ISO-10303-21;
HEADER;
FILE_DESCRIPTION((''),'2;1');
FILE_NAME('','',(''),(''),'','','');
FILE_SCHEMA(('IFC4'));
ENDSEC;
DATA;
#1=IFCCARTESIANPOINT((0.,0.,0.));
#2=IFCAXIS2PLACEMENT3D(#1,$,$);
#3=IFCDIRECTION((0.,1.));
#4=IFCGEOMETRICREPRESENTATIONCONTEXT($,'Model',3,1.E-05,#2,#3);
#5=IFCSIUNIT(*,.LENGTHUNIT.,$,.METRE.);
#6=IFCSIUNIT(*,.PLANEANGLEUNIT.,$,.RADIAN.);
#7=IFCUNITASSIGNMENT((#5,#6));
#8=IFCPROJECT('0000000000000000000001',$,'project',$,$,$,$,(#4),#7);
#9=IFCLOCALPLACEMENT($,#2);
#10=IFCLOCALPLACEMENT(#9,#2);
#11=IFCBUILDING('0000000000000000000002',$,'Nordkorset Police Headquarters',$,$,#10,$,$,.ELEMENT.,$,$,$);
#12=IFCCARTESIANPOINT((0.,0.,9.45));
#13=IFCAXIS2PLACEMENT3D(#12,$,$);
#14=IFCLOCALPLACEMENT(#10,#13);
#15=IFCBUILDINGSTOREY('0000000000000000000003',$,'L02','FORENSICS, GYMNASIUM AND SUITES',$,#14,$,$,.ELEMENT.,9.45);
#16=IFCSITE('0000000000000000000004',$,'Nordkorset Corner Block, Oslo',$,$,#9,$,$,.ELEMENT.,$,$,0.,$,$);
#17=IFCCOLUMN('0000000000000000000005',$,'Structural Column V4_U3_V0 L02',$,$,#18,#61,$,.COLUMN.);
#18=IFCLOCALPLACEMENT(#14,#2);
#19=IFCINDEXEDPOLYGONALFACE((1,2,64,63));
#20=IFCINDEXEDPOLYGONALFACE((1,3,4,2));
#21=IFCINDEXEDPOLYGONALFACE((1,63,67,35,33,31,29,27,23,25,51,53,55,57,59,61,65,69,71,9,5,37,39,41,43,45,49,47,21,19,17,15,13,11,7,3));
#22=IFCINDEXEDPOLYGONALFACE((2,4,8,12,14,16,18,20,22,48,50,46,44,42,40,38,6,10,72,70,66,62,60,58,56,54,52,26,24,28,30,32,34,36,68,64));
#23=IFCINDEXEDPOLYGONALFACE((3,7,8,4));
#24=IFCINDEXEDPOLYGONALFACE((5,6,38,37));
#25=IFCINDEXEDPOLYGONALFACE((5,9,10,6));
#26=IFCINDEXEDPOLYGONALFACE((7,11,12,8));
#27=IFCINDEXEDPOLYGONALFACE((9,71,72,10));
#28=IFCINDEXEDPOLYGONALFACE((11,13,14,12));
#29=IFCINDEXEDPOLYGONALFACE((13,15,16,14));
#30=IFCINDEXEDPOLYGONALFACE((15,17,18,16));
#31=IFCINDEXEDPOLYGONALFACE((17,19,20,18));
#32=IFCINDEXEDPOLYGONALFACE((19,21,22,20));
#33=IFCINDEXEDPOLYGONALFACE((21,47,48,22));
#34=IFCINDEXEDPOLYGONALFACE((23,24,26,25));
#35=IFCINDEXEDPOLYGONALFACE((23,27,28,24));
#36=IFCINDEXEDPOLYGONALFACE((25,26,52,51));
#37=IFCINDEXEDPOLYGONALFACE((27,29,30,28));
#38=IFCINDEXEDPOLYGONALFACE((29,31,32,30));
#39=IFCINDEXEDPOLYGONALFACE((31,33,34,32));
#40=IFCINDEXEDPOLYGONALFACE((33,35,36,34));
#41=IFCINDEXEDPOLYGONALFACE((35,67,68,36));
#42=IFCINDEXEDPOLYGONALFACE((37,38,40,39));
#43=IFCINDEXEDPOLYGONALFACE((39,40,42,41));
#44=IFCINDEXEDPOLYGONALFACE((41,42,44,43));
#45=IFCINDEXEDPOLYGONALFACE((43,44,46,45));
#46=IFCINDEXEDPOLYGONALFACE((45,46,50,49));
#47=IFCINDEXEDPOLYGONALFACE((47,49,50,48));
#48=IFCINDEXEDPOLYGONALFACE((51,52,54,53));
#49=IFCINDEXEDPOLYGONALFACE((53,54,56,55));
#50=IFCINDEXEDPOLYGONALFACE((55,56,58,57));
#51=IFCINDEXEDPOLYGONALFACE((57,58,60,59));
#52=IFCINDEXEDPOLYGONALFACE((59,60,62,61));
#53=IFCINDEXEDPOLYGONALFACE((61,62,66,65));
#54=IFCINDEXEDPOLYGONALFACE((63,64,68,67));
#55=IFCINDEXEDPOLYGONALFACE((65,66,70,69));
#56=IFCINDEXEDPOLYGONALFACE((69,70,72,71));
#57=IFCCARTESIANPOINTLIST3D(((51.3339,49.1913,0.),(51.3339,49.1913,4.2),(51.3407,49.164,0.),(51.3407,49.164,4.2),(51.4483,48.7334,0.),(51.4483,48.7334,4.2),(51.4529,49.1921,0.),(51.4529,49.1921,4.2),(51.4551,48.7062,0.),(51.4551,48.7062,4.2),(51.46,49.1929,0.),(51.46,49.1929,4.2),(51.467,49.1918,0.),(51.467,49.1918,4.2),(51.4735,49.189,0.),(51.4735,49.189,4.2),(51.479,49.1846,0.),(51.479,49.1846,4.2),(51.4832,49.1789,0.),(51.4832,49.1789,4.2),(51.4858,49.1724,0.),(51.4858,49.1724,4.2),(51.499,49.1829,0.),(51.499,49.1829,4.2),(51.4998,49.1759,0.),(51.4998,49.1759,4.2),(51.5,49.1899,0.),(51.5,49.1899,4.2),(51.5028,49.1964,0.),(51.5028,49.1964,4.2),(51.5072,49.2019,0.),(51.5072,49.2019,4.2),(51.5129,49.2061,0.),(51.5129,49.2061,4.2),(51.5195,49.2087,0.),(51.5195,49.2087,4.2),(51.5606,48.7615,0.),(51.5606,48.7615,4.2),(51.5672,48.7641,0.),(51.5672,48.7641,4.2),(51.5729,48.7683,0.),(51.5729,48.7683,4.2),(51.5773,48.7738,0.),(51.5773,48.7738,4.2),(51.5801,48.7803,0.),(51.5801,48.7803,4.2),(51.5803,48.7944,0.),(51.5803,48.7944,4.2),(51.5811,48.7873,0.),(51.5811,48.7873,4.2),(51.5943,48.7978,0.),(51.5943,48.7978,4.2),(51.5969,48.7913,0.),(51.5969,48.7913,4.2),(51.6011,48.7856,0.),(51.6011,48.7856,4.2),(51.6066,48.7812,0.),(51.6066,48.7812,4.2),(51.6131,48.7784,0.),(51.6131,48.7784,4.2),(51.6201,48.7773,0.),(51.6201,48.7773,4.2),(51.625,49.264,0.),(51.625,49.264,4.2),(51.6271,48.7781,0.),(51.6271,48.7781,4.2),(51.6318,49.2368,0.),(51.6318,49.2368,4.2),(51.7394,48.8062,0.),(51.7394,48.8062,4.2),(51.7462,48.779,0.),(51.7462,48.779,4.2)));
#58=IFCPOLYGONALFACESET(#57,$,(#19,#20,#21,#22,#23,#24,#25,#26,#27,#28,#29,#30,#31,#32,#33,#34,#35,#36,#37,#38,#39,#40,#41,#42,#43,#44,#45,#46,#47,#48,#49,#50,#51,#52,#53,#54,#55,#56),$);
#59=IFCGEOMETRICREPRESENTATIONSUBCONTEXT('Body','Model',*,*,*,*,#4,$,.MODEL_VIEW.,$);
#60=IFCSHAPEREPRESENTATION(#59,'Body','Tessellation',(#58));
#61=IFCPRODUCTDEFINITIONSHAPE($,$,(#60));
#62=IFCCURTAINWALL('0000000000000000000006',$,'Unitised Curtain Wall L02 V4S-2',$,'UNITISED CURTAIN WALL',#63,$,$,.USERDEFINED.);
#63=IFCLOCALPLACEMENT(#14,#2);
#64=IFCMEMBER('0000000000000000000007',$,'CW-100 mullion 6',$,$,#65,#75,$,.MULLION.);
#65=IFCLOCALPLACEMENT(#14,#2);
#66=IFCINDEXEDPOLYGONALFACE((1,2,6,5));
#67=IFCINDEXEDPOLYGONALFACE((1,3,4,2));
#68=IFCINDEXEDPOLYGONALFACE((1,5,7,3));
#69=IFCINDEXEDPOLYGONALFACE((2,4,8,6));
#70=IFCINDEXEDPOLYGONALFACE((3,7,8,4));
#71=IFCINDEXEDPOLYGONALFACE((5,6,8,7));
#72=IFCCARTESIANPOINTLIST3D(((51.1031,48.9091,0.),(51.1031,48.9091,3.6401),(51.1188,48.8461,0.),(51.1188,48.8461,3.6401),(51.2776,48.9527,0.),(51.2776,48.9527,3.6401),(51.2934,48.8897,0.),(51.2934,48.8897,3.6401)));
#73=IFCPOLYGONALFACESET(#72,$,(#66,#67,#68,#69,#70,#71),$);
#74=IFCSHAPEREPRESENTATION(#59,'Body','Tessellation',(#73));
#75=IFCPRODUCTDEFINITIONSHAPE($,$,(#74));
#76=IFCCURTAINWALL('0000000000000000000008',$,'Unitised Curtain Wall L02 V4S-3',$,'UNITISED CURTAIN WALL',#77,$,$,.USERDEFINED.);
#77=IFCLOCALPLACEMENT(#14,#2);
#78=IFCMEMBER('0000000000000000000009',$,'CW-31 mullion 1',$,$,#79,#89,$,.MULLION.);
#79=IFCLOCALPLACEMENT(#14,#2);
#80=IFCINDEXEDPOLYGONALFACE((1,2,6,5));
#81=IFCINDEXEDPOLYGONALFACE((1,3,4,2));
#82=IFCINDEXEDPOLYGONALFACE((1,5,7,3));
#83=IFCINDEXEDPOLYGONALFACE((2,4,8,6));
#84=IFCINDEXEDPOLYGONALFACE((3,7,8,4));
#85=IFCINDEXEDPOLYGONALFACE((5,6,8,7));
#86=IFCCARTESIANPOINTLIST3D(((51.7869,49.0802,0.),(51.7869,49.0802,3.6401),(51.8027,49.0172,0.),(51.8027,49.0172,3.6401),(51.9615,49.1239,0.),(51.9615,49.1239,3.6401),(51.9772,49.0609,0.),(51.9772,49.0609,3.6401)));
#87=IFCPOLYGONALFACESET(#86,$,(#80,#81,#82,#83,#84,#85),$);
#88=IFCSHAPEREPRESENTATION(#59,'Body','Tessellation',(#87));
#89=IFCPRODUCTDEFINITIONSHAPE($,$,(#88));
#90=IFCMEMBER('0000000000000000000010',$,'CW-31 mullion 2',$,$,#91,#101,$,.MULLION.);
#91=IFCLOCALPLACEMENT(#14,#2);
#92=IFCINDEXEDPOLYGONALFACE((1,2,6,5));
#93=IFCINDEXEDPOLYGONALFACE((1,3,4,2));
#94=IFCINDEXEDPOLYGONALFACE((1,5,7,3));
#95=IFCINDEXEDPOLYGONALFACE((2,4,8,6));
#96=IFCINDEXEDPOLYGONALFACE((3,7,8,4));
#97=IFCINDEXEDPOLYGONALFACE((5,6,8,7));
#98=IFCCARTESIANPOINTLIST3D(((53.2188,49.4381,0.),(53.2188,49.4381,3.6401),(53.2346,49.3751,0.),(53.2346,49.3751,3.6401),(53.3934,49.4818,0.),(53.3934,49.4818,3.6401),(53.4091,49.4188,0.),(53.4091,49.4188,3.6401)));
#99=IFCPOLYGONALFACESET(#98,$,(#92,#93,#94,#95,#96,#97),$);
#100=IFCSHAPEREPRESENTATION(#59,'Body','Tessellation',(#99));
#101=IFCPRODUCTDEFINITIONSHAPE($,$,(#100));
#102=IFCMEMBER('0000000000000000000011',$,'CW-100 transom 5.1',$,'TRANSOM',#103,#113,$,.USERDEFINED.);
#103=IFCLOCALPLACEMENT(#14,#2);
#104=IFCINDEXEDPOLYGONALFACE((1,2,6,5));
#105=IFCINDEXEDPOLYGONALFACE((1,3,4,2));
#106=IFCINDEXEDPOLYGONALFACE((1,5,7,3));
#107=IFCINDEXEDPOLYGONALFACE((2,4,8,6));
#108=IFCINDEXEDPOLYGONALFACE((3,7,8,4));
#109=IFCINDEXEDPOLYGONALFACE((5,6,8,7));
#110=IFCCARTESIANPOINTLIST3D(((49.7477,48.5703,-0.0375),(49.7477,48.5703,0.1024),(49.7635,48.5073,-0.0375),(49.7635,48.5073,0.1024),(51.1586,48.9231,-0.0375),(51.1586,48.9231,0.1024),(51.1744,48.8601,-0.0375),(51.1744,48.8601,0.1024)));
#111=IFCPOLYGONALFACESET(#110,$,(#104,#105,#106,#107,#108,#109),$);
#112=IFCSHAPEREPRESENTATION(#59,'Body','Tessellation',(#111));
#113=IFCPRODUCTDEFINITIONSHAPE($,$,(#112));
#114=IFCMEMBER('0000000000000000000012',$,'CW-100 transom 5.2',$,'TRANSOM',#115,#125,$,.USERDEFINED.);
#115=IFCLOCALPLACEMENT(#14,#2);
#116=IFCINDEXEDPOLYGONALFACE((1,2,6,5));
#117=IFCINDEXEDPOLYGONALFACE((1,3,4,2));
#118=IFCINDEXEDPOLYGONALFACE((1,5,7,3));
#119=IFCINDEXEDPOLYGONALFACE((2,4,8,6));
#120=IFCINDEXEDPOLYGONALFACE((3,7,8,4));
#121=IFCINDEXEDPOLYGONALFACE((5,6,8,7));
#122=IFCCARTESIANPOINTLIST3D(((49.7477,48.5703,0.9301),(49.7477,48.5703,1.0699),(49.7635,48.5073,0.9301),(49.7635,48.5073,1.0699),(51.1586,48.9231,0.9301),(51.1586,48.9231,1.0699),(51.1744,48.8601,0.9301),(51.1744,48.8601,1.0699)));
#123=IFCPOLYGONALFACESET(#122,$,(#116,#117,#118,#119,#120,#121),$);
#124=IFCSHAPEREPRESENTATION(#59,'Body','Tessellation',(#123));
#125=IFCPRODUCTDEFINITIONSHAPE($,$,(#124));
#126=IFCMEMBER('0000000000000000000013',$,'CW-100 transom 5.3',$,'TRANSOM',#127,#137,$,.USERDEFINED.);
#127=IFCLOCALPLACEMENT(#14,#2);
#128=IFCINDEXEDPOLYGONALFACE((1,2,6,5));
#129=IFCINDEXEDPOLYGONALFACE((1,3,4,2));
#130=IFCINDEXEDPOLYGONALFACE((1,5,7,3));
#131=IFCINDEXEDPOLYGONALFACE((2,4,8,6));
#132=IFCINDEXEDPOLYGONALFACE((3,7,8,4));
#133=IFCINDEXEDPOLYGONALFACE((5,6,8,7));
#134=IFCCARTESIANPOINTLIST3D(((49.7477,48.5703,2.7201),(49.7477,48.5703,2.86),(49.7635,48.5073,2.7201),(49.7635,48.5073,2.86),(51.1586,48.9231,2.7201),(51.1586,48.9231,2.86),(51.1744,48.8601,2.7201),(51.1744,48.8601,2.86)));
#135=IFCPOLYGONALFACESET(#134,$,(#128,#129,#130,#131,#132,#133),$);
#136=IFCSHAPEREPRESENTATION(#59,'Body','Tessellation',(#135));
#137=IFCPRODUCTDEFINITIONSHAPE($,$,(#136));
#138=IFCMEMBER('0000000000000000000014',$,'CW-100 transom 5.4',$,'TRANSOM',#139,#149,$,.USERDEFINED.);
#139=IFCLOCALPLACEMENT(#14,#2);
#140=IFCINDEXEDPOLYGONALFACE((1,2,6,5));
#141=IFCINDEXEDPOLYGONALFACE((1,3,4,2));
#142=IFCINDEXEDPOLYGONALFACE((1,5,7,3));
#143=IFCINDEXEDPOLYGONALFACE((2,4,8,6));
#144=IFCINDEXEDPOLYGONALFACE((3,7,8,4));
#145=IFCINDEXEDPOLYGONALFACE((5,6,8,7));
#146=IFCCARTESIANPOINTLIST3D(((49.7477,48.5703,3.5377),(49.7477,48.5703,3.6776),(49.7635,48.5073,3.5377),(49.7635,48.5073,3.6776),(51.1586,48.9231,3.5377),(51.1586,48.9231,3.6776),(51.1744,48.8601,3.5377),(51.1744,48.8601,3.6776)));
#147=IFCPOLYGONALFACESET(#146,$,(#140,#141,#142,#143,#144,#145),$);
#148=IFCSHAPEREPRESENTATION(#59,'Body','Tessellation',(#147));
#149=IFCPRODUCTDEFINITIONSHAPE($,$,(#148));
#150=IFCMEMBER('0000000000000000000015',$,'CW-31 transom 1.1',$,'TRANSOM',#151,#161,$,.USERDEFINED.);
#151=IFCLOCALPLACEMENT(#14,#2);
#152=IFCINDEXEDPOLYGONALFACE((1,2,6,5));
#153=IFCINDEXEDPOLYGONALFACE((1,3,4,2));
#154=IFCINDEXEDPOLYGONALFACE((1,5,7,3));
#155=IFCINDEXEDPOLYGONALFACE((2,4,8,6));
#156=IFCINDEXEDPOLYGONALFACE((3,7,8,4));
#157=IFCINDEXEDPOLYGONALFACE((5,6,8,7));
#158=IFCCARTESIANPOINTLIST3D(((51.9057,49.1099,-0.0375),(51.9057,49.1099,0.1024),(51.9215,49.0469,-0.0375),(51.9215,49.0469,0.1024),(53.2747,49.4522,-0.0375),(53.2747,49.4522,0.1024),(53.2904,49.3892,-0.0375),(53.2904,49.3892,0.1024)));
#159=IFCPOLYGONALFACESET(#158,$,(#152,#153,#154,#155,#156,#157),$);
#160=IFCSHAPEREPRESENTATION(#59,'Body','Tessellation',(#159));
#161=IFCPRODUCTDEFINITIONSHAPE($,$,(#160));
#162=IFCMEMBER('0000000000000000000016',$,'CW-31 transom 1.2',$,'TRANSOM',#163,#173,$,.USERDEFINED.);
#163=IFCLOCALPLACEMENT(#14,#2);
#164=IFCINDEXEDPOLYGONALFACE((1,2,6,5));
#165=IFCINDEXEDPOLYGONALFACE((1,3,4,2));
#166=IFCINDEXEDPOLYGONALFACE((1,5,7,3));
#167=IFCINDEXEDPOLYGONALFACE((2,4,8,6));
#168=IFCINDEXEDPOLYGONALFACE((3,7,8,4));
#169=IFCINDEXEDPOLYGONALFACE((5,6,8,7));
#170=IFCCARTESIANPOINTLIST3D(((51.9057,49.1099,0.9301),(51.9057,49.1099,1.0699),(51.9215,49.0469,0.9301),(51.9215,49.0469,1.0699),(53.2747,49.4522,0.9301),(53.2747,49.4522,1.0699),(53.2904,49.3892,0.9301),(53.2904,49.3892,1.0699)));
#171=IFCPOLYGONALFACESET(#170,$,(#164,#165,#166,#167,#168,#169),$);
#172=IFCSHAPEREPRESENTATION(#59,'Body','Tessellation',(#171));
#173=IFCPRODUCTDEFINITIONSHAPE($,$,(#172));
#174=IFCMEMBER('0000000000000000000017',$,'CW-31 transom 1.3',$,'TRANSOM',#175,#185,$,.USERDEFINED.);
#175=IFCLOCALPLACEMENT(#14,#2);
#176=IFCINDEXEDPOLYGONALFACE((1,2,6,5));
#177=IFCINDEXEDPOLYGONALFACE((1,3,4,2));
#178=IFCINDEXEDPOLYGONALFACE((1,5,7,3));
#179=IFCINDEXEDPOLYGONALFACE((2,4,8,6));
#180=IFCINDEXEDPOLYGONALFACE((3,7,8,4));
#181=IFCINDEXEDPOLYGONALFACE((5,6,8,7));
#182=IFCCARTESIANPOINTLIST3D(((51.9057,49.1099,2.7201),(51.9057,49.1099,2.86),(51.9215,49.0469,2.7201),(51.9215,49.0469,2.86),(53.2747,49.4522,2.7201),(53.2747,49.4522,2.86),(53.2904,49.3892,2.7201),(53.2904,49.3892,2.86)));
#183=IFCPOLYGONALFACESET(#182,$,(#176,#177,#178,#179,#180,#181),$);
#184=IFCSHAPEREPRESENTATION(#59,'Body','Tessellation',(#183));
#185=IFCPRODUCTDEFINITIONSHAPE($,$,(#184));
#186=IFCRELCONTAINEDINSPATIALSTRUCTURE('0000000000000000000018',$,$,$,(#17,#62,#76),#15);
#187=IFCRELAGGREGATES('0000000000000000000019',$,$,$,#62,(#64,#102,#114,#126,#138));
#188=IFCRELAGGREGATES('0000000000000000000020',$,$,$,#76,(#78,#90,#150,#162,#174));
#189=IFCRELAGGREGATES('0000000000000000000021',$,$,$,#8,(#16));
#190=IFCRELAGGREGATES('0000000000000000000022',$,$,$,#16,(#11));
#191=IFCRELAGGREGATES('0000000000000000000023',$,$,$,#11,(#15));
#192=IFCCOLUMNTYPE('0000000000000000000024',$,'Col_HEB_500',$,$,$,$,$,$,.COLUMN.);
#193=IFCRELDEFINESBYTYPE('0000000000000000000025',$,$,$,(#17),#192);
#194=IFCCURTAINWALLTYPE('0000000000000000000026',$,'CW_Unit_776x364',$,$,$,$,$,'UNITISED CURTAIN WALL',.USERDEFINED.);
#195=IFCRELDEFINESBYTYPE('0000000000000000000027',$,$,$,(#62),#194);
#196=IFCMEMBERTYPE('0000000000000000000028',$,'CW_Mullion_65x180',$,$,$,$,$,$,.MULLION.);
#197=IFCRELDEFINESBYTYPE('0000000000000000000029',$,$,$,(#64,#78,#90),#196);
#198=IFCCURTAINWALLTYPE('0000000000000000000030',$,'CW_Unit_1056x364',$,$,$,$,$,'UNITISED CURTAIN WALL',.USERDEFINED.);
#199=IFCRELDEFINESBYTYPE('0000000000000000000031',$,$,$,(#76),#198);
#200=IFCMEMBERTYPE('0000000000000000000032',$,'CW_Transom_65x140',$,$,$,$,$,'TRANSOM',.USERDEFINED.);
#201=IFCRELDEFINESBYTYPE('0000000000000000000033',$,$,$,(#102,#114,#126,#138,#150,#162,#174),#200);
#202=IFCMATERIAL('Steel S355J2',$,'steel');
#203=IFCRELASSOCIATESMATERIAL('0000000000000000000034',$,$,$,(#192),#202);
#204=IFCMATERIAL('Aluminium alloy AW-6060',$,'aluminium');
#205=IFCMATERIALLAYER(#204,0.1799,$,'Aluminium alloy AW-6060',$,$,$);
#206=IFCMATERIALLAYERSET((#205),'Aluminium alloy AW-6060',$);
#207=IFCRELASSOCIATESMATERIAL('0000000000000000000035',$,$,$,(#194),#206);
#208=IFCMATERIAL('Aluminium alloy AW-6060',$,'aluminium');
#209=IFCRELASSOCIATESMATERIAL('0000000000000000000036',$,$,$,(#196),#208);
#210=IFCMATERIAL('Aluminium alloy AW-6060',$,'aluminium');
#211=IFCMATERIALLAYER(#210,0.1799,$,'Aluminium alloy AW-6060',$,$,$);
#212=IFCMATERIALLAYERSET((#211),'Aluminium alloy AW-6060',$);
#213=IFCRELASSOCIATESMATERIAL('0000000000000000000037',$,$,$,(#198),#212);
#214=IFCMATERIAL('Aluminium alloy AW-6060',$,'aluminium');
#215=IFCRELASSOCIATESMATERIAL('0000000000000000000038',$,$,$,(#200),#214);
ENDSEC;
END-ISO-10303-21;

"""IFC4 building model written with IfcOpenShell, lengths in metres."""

from ifc_helpers import new_model, si_unit, direction, frame, origin, origin_2d, place, context, subcontext, project, spatial, rectangle, i_section, extrude, material, layer, layer_set, material_profile, profile_set, type_object, element, aggregate, save


model = new_model("IFC4")

# Units and contexts
model_context = context("Model", 3, precision=1e-05, world=origin(), true_north=direction((0.0, 1.0)))
body_context = subcontext(model_context, "Body", "Model", "MODEL_VIEW")
ifc_project = project(units=[si_unit("LENGTHUNIT", "METRE"), si_unit("PLANEANGLEUNIT", "RADIAN")], contexts=[model_context])

# Site, building, storey
site_placement = place(None, origin())
site = spatial("IfcSite", under=ifc_project, at=site_placement, Name="Nordkorset Corner Block, Oslo", CompositionType="ELEMENT", RefElevation=0.0)
building_placement = place(site_placement, origin())
building = spatial("IfcBuilding", under=site, at=building_placement, Name="Nordkorset Police Headquarters", CompositionType="ELEMENT")
storey_placement = place(building_placement, frame((0.0, 0.0, 9.45)))
storey = spatial("IfcBuildingStorey", under=building, at=storey_placement, Name="L02", Description="FORENSICS, GYMNASIUM AND SUITES", CompositionType="ELEMENT", Elevation=9.45)

# Column
ifc_material_1 = material(Name="Steel S355J2", Category="steel")
ifc_material_profile_1 = material_profile(ifc_material_1, i_section(OverallWidth=0.3, OverallDepth=0.5, WebThickness=0.0144, FlangeThickness=0.0281, FilletRadius=0.0271, at=origin_2d()), Name="HEB 500")
ifc_profile_set_1 = profile_set([ifc_material_profile_1], Name="Steel S355J2")
column_type = type_object("IfcColumnType", Name="Col_HEB_500", PredefinedType="COLUMN", material=ifc_profile_set_1)
column_placement = place(storey_placement, frame((51.54, 48.9851, 0.0), z_axis=(0.0, 0.0, 1.0), x_axis=(0.970143, 0.242536, 0.0)))
element("IfcColumn", 1, at=column_placement, inside=storey, type_object=column_type, Name="Structural Column V4_U3_V0 L02", PredefinedType="COLUMN", context=body_context, shape_type="SweptSolid", body=[
    extrude(i_section(OverallWidth=0.3, OverallDepth=0.5, WebThickness=0.0144, FlangeThickness=0.0281, FilletRadius=0.0271, at=origin_2d()), origin(), (0.0, 0.0, 1.0), 4.2),
])

# Curtain wall, member
ifc_material_2 = material(Name="Aluminium alloy AW-6060", Category="aluminium")
ifc_layer_1 = layer(ifc_material_2, 0.1799, Name="Aluminium alloy AW-6060")
ifc_layer_set_1 = layer_set([ifc_layer_1], Name="Aluminium alloy AW-6060")
curtain_wall_type_1 = type_object("IfcCurtainWallType", Name="CW_Unit_776x364", ElementType="UNITISED CURTAIN WALL", PredefinedType="USERDEFINED", material=ifc_layer_set_1)
curtain_wall_1_placement = place(storey_placement, origin())
curtain_wall_1 = element("IfcCurtainWall", 2, at=curtain_wall_1_placement, inside=storey, type_object=curtain_wall_type_1, Name="Unitised Curtain Wall L02 V4S-2", ObjectType="UNITISED CURTAIN WALL", PredefinedType="USERDEFINED")
ifc_material_3 = material(Name="Aluminium alloy AW-6060", Category="aluminium")
ifc_material_profile_2 = material_profile(ifc_material_3, rectangle(XDim=0.0649, YDim=0.1799, at=origin_2d()), Name="ALU MULL 65x180")
ifc_profile_set_2 = profile_set([ifc_material_profile_2], Name="Aluminium alloy AW-6060")
member_type_1 = type_object("IfcMemberType", Name="CW_Mullion_65x180", PredefinedType="MULLION", material=ifc_profile_set_2)
member_1_placement = place(storey_placement, frame((51.1982, 48.8994, 0.0), z_axis=(0.0, 0.0, 1.0), x_axis=(-0.242535, 0.970143, 0.0)))
member_1 = element("IfcMember", 3, at=member_1_placement, type_object=member_type_1, Name="CW-100 mullion 6", PredefinedType="MULLION", context=body_context, shape_type="SweptSolid", body=[
    extrude(rectangle(XDim=0.0649, YDim=0.1799, at=origin_2d()), origin(), (0.0, 0.0, 1.0), 3.6401),
])

# Curtain wall, members
ifc_material_4 = material(Name="Aluminium alloy AW-6060", Category="aluminium")
ifc_layer_2 = layer(ifc_material_4, 0.1799, Name="Aluminium alloy AW-6060")
ifc_layer_set_2 = layer_set([ifc_layer_2], Name="Aluminium alloy AW-6060")
curtain_wall_type_2 = type_object("IfcCurtainWallType", Name="CW_Unit_1056x364", ElementType="UNITISED CURTAIN WALL", PredefinedType="USERDEFINED", material=ifc_layer_set_2)
curtain_wall_2_placement = place(storey_placement, origin())
curtain_wall_2 = element("IfcCurtainWall", 4, at=curtain_wall_2_placement, inside=storey, type_object=curtain_wall_type_2, Name="Unitised Curtain Wall L02 V4S-3", ObjectType="UNITISED CURTAIN WALL", PredefinedType="USERDEFINED")
member_2_placement = place(storey_placement, frame((51.8821, 49.0706, 0.0), z_axis=(0.0, 0.0, 1.0), x_axis=(-0.242535, 0.970143, 0.0)))
member_2 = element("IfcMember", 5, at=member_2_placement, type_object=member_type_1, Name="CW-31 mullion 1", PredefinedType="MULLION", context=body_context, shape_type="SweptSolid", body=[
    extrude(rectangle(XDim=0.0649, YDim=0.1799, at=origin_2d()), origin(), (0.0, 0.0, 1.0), 3.6401),
])
member_3_placement = place(storey_placement, frame((53.314, 49.4285, 0.0), z_axis=(0.0, 0.0, 1.0), x_axis=(-0.242535, 0.970143, 0.0)))
member_3 = element("IfcMember", 6, at=member_3_placement, type_object=member_type_1, Name="CW-31 mullion 2", PredefinedType="MULLION", context=body_context, shape_type="SweptSolid", body=[
    extrude(rectangle(XDim=0.0649, YDim=0.1799, at=origin_2d()), origin(), (0.0, 0.0, 1.0), 3.6401),
])

# Members
ifc_material_5 = material(Name="Aluminium alloy AW-6060", Category="aluminium")
ifc_material_profile_3 = material_profile(ifc_material_5, rectangle(XDim=0.0649, YDim=0.1399, at=origin_2d()), Name="ALU TRAN 65x140")
ifc_profile_set_3 = profile_set([ifc_material_profile_3], Name="Aluminium alloy AW-6060")
member_type_2 = type_object("IfcMemberType", Name="CW_Transom_65x140", ElementType="TRANSOM", PredefinedType="USERDEFINED", material=ifc_profile_set_3)
member_4_placement = place(storey_placement, frame((49.7556, 48.5388, 0.0325), z_axis=(0.970133, 0.242575, 0.0), x_axis=(-0.242575, 0.970133, 0.0)))
member_4 = element("IfcMember", 7, at=member_4_placement, type_object=member_type_2, Name="CW-100 transom 5.1", ObjectType="TRANSOM", PredefinedType="USERDEFINED", context=body_context, shape_type="SweptSolid", body=[
    extrude(rectangle(XDim=0.0649, YDim=0.1399, at=origin_2d()), origin(), (0.0, 0.0, 1.0), 1.4543),
])
member_5_placement = place(storey_placement, frame((49.7556, 48.5388, 1.0), z_axis=(0.970133, 0.242575, 0.0), x_axis=(-0.242575, 0.970133, 0.0)))
member_5 = element("IfcMember", 8, at=member_5_placement, type_object=member_type_2, Name="CW-100 transom 5.2", ObjectType="TRANSOM", PredefinedType="USERDEFINED", context=body_context, shape_type="SweptSolid", body=[
    extrude(rectangle(XDim=0.0649, YDim=0.1399, at=origin_2d()), origin(), (0.0, 0.0, 1.0), 1.4543),
])
member_6_placement = place(storey_placement, frame((49.7556, 48.5388, 2.79), z_axis=(0.970133, 0.242575, 0.0), x_axis=(-0.242575, 0.970133, 0.0)))
member_6 = element("IfcMember", 9, at=member_6_placement, type_object=member_type_2, Name="CW-100 transom 5.3", ObjectType="TRANSOM", PredefinedType="USERDEFINED", context=body_context, shape_type="SweptSolid", body=[
    extrude(rectangle(XDim=0.0649, YDim=0.1399, at=origin_2d()), origin(), (0.0, 0.0, 1.0), 1.4543),
])
member_7_placement = place(storey_placement, frame((49.7556, 48.5388, 3.6077), z_axis=(0.970133, 0.242575, 0.0), x_axis=(-0.242575, 0.970133, 0.0)))
member_7 = element("IfcMember", 10, at=member_7_placement, type_object=member_type_2, Name="CW-100 transom 5.4", ObjectType="TRANSOM", PredefinedType="USERDEFINED", context=body_context, shape_type="SweptSolid", body=[
    extrude(rectangle(XDim=0.0649, YDim=0.1399, at=origin_2d()), origin(), (0.0, 0.0, 1.0), 1.4543),
])
member_8_placement = place(storey_placement, frame((51.9136, 49.0784, 0.0325), z_axis=(0.970132, 0.242576, 0.0), x_axis=(-0.242576, 0.970132, 0.0)))
member_8 = element("IfcMember", 11, at=member_8_placement, type_object=member_type_2, Name="CW-31 transom 1.1", ObjectType="TRANSOM", PredefinedType="USERDEFINED", context=body_context, shape_type="SweptSolid", body=[
    extrude(rectangle(XDim=0.0649, YDim=0.1399, at=origin_2d()), origin(), (0.0, 0.0, 1.0), 1.4111),
])
member_9_placement = place(storey_placement, frame((51.9136, 49.0784, 1.0), z_axis=(0.970132, 0.242576, 0.0), x_axis=(-0.242576, 0.970132, 0.0)))
member_9 = element("IfcMember", 12, at=member_9_placement, type_object=member_type_2, Name="CW-31 transom 1.2", ObjectType="TRANSOM", PredefinedType="USERDEFINED", context=body_context, shape_type="SweptSolid", body=[
    extrude(rectangle(XDim=0.0649, YDim=0.1399, at=origin_2d()), origin(), (0.0, 0.0, 1.0), 1.4111),
])
member_10_placement = place(storey_placement, frame((51.9136, 49.0784, 2.79), z_axis=(0.970132, 0.242576, 0.0), x_axis=(-0.242576, 0.970132, 0.0)))
member_10 = element("IfcMember", 13, at=member_10_placement, type_object=member_type_2, Name="CW-31 transom 1.3", ObjectType="TRANSOM", PredefinedType="USERDEFINED", context=body_context, shape_type="SweptSolid", body=[
    extrude(rectangle(XDim=0.0649, YDim=0.1399, at=origin_2d()), origin(), (0.0, 0.0, 1.0), 1.4111),
])

aggregate(curtain_wall_1, [member_1, member_4, member_5, member_6, member_7])
aggregate(curtain_wall_2, [member_2, member_3, member_8, member_9, member_10])

save(model, "model.ifc")
